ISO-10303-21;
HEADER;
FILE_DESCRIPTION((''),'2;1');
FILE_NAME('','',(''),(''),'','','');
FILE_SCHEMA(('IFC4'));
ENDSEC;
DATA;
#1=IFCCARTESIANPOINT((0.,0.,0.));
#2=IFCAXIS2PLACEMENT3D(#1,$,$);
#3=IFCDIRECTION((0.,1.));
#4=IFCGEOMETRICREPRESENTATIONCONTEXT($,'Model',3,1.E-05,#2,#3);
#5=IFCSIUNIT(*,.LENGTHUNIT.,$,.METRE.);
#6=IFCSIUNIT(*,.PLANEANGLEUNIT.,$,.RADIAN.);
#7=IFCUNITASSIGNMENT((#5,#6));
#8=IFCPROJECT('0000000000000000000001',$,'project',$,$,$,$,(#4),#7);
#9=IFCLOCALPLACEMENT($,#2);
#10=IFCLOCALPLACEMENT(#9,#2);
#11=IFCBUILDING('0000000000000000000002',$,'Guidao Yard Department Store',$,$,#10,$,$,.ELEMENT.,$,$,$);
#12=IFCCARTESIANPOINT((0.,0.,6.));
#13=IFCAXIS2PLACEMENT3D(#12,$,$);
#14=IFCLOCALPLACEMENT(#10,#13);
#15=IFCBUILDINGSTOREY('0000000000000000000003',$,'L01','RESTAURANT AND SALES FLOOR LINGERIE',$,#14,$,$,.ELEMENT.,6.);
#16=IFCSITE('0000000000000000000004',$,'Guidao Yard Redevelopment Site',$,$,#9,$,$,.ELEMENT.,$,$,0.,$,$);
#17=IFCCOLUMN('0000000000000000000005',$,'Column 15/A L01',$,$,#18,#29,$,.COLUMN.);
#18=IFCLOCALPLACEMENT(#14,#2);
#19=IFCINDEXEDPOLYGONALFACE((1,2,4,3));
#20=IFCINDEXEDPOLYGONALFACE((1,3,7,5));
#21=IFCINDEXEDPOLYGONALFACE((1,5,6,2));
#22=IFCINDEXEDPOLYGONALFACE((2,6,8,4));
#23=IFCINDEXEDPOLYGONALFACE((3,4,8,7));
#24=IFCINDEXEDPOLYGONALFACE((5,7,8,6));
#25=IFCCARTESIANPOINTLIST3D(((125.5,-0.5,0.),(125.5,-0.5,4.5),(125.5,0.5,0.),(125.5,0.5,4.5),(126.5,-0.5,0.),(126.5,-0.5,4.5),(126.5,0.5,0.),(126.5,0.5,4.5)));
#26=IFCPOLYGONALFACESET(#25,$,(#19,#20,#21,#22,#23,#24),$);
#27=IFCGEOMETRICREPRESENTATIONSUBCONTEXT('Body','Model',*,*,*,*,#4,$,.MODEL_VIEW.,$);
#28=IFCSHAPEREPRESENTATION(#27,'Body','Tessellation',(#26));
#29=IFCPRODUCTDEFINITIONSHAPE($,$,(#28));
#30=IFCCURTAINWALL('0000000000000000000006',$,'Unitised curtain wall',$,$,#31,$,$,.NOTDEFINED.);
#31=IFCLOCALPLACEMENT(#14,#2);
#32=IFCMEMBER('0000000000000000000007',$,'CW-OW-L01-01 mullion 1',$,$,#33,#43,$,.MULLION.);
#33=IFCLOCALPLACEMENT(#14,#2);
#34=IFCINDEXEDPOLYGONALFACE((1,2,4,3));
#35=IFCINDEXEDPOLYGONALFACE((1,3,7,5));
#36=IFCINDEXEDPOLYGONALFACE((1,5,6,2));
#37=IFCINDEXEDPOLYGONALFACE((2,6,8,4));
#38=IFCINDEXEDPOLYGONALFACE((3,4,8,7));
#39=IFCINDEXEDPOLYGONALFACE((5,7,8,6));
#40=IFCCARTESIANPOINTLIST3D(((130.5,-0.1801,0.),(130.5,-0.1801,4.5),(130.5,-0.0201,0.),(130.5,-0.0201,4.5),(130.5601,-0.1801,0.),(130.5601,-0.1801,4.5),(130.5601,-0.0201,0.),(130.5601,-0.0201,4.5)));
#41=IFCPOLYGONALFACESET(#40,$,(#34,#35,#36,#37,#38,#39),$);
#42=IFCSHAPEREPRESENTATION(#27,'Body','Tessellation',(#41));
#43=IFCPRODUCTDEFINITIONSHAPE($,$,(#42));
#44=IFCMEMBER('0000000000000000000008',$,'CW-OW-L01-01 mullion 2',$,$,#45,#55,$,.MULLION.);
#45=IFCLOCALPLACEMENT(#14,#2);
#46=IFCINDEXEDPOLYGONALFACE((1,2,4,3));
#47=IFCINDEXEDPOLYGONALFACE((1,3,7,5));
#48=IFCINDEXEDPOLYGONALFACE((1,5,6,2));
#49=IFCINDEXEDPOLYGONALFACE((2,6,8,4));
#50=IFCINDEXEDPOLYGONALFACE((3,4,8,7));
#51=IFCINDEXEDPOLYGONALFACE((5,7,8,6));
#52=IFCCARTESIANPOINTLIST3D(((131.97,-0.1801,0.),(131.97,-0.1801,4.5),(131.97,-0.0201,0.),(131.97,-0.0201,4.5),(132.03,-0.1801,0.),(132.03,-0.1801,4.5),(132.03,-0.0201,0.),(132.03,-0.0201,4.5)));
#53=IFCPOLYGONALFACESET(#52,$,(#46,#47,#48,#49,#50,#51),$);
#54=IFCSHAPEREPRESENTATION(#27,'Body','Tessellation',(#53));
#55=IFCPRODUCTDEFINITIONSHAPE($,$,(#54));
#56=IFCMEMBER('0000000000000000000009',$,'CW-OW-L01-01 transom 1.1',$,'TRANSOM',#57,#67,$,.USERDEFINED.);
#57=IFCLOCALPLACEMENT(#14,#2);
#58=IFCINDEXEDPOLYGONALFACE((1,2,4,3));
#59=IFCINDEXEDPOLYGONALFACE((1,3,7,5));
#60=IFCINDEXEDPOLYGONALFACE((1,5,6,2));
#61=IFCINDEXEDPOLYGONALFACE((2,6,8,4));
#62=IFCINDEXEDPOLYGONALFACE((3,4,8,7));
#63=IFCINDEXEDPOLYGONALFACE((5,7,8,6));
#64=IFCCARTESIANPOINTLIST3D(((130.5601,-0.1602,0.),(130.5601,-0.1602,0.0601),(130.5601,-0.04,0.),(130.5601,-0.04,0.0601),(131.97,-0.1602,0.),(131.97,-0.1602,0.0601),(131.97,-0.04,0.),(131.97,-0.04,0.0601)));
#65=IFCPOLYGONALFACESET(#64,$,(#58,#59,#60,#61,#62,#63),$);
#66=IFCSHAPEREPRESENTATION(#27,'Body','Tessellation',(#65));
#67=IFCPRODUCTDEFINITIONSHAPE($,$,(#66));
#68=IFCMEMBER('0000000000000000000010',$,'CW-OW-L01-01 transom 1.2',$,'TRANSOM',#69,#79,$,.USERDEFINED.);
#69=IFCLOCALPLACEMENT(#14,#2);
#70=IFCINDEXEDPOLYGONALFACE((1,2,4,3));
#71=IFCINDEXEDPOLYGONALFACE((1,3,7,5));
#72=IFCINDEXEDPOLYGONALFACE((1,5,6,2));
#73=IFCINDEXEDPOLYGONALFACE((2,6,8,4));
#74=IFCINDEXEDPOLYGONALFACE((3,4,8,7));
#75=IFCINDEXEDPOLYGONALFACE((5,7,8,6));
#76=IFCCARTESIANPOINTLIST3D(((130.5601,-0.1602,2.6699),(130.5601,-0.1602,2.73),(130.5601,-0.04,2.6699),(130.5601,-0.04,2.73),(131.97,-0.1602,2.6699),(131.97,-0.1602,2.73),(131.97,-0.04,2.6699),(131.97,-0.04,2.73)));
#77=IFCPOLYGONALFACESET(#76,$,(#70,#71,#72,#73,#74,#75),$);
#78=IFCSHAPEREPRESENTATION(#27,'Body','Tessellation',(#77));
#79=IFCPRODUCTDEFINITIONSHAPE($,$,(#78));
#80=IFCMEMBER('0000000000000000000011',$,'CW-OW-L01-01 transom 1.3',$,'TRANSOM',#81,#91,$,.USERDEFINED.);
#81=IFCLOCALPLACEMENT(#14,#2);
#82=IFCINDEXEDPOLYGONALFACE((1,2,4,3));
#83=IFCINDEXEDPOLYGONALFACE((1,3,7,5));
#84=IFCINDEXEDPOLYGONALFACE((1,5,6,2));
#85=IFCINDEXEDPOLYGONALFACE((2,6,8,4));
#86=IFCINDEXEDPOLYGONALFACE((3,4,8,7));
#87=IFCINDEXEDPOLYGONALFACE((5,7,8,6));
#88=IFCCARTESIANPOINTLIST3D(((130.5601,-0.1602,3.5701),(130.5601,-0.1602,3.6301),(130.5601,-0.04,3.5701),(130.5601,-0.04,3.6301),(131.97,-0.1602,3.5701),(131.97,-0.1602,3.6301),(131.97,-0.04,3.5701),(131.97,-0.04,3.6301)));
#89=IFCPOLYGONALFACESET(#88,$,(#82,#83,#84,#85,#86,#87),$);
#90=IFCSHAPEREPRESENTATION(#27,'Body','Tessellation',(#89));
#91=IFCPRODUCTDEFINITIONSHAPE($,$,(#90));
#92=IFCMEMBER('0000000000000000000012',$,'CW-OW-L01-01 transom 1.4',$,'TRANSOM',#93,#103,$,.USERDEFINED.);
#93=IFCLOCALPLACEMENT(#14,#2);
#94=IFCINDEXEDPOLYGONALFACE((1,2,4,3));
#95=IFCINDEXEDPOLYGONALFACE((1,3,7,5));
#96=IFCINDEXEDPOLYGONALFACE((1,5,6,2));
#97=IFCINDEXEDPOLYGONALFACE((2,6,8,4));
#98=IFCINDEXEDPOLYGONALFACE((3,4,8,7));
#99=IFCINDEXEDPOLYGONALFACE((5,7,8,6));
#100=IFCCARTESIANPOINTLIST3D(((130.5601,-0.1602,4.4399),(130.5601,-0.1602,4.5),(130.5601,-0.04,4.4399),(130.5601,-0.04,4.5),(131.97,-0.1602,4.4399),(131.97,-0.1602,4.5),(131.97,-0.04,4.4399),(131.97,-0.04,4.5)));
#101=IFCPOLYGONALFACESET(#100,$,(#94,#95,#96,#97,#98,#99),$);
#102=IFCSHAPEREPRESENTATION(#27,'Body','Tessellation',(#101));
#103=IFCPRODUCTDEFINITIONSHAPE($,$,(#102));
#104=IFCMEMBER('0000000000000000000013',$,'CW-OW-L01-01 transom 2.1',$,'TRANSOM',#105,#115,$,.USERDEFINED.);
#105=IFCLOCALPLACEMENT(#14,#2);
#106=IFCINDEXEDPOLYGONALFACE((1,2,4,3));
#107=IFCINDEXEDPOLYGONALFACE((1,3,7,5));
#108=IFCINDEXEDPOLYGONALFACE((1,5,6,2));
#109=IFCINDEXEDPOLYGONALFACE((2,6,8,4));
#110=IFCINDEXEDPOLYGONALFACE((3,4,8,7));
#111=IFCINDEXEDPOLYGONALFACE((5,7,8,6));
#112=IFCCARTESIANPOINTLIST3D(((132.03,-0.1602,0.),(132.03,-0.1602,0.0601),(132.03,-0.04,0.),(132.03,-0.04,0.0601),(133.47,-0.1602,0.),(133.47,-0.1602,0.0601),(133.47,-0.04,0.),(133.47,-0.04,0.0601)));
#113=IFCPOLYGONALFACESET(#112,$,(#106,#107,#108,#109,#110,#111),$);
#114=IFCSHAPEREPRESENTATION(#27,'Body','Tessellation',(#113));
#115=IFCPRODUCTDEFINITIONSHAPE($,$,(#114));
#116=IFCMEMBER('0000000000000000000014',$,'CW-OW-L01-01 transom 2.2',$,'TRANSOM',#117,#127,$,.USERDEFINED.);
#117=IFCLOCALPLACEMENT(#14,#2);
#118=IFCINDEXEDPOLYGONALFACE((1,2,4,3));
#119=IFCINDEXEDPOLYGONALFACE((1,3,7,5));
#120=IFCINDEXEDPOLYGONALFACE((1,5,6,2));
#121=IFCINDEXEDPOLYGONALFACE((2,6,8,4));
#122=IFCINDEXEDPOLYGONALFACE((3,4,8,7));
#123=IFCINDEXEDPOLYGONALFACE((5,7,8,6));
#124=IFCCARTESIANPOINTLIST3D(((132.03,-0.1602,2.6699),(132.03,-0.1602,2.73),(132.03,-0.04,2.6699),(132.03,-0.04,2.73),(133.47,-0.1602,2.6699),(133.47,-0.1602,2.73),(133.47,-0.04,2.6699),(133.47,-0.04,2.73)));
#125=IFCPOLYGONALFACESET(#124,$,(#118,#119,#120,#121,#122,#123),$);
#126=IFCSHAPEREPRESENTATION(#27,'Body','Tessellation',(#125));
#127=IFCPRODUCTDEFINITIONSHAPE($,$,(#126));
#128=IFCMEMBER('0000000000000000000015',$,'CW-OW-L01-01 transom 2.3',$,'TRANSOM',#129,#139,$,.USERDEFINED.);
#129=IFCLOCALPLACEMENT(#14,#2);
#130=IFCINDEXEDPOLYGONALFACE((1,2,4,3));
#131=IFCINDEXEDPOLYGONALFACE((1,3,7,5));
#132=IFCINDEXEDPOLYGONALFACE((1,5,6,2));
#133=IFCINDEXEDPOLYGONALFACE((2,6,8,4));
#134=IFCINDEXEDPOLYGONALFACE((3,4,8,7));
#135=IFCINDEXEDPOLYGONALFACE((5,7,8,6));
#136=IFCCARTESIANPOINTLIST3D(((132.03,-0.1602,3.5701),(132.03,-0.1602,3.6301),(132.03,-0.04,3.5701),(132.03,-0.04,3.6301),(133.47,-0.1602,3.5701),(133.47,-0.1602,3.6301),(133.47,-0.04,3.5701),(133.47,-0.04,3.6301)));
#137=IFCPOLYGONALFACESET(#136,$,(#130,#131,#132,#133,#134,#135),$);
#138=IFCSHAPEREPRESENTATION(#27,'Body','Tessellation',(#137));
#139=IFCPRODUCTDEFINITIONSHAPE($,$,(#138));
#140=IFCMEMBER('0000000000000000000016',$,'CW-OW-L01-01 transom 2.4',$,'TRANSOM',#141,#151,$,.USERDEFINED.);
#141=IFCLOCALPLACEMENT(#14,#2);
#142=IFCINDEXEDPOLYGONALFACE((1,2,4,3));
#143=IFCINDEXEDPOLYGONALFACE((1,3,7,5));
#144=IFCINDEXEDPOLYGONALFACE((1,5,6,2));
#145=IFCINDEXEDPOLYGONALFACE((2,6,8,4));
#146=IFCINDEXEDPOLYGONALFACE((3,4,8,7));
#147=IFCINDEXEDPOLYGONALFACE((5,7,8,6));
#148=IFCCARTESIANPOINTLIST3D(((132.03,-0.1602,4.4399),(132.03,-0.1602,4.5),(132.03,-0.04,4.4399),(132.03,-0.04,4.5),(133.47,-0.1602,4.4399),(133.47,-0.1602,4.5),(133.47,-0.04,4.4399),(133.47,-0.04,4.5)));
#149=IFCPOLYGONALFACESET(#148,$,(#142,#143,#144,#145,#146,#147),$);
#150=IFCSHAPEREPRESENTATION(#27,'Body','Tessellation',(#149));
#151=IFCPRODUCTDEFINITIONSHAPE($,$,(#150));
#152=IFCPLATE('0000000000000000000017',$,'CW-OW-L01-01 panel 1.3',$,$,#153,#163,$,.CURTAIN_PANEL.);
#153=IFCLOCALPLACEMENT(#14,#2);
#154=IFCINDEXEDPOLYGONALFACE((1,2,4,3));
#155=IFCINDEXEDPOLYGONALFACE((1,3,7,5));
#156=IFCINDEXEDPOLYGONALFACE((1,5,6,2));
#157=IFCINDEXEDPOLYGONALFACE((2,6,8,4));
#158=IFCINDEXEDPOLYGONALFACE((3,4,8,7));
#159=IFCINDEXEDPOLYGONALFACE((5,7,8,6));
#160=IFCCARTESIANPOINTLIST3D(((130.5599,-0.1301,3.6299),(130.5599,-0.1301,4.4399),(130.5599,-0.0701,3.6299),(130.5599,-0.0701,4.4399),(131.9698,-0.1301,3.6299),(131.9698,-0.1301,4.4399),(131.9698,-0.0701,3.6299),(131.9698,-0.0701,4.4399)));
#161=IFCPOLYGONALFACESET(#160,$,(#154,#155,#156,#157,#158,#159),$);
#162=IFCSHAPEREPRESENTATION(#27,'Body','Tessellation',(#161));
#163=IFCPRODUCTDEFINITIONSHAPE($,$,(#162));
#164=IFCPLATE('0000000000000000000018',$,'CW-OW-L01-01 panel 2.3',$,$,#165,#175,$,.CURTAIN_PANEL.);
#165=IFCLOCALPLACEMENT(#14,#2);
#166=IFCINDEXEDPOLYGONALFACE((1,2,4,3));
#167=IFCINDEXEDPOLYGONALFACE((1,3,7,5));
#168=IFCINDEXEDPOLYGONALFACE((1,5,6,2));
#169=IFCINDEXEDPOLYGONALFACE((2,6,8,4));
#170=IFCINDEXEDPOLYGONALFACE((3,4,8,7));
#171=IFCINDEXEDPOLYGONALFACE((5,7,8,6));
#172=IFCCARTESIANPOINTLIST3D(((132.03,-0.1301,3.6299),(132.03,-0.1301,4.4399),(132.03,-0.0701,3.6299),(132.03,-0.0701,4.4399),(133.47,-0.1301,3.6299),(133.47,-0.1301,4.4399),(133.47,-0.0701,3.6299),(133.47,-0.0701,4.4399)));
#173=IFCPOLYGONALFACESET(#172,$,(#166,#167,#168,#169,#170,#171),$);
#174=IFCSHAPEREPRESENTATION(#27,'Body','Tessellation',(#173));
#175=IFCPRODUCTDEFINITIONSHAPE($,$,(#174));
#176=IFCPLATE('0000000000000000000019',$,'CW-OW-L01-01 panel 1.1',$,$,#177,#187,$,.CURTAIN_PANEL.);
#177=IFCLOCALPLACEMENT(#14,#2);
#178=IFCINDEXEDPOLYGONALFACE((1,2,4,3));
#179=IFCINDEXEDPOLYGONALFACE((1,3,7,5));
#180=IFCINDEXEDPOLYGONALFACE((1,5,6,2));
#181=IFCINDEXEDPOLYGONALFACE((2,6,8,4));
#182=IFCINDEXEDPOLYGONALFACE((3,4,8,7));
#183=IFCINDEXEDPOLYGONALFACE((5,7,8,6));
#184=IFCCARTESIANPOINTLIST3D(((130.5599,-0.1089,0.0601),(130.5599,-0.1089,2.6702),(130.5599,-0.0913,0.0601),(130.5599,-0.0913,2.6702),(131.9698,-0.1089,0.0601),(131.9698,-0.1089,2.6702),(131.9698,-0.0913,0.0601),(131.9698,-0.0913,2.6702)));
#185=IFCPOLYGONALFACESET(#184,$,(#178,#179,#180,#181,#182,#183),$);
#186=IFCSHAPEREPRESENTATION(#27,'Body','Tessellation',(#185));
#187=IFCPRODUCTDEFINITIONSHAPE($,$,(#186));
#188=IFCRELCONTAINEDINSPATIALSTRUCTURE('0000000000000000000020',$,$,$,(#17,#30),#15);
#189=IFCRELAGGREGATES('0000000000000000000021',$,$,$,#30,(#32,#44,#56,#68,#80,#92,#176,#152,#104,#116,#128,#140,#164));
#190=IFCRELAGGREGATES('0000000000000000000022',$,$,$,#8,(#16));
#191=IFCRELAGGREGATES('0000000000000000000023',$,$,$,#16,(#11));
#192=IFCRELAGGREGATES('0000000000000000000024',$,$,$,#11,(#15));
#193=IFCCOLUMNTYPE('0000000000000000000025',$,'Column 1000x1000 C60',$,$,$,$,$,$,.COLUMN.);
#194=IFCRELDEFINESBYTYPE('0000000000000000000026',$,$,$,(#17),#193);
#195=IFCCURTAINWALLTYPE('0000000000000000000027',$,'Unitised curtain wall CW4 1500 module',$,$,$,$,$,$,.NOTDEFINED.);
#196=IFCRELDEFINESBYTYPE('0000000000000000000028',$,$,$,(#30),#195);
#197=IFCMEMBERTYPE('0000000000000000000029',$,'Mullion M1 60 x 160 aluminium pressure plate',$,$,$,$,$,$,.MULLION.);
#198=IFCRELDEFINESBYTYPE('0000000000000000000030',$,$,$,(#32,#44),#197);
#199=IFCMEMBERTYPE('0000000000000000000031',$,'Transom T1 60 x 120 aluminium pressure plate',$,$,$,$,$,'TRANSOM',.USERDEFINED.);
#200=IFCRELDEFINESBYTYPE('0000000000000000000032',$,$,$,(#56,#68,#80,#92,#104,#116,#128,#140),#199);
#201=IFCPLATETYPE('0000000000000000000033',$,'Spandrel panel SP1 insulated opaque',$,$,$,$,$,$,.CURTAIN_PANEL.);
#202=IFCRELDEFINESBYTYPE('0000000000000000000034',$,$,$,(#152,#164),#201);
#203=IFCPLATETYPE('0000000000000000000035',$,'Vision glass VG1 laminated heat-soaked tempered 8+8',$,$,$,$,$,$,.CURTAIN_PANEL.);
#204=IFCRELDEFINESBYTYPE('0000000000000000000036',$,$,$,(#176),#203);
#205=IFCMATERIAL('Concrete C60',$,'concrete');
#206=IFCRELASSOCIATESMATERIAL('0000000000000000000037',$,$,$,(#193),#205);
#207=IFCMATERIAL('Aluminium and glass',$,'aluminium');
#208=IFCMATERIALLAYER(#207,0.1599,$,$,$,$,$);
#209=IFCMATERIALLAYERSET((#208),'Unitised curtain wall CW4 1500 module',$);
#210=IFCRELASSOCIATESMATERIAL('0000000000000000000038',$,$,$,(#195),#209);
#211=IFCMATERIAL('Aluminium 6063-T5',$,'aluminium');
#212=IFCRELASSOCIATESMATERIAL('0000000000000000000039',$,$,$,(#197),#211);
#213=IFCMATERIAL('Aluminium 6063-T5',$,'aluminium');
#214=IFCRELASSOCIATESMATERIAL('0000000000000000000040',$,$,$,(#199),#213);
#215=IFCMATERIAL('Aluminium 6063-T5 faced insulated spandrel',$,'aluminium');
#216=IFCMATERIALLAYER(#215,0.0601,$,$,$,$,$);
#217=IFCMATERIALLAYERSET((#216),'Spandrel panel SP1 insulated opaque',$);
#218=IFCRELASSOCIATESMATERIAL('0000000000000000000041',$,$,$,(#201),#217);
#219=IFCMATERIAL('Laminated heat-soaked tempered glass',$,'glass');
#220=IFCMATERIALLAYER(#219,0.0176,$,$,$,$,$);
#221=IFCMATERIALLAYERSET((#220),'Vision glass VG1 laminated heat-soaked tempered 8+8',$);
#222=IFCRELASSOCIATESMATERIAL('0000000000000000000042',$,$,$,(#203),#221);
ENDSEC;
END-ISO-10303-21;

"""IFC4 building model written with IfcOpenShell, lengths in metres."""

from ifc_helpers import new_model, si_unit, direction, frame, origin, origin_2d, place, context, subcontext, project, spatial, rectangle, extrude, material, layer, layer_set, material_profile, profile_set, type_object, element, aggregate, save


model = new_model("IFC4")

# Units and contexts
model_context = context("Model", 3, precision=1e-05, world=origin(), true_north=direction((0.0, 1.0)))
body_context = subcontext(model_context, "Body", "Model", "MODEL_VIEW")
ifc_project = project(units=[si_unit("LENGTHUNIT", "METRE"), si_unit("PLANEANGLEUNIT", "RADIAN")], contexts=[model_context])

# Site, building, storey
site_placement = place(None, origin())
site = spatial("IfcSite", under=ifc_project, at=site_placement, Name="Guidao Yard Redevelopment Site", CompositionType="ELEMENT", RefElevation=0.0)
building_placement = place(site_placement, origin())
building = spatial("IfcBuilding", under=site, at=building_placement, Name="Guidao Yard Department Store", CompositionType="ELEMENT")
storey_placement = place(building_placement, frame((0.0, 0.0, 6.0)))
storey = spatial("IfcBuildingStorey", under=building, at=storey_placement, Name="L01", Description="RESTAURANT AND SALES FLOOR LINGERIE", CompositionType="ELEMENT", Elevation=6.0)

# Column
ifc_material_1 = material(Name="Concrete C60", Category="concrete")
ifc_material_profile_1 = material_profile(ifc_material_1, rectangle(XDim=1.0, YDim=1.0, at=origin_2d()), Name="COL 1000x1000")
ifc_profile_set_1 = profile_set([ifc_material_profile_1], Name="Concrete C60")
column_type = type_object("IfcColumnType", Name="Column 1000x1000 C60", PredefinedType="COLUMN", material=ifc_profile_set_1)
column_placement = place(storey_placement, frame((126.0, 0.0, 0.0), z_axis=(0.0, 0.0, 1.0), x_axis=(1.0, 0.0, 0.0)))
element("IfcColumn", 1, at=column_placement, inside=storey, type_object=column_type, Name="Column 15/A L01", PredefinedType="COLUMN", context=body_context, shape_type="SweptSolid", body=[
    extrude(rectangle(XDim=1.0, YDim=1.0, at=origin_2d()), origin(), (0.0, 0.0, 1.0), 4.5),
])

# Curtain wall, members, plates
ifc_material_2 = material(Name="Aluminium and glass", Category="aluminium")
ifc_layer_1 = layer(ifc_material_2, 0.1599)
ifc_layer_set_1 = layer_set([ifc_layer_1], Name="Unitised curtain wall CW4 1500 module")
curtain_wall_type = type_object("IfcCurtainWallType", Name="Unitised curtain wall CW4 1500 module", PredefinedType="NOTDEFINED", material=ifc_layer_set_1)
curtain_wall_placement = place(storey_placement, origin())
curtain_wall = element("IfcCurtainWall", 2, at=curtain_wall_placement, inside=storey, type_object=curtain_wall_type, Name="Unitised curtain wall", PredefinedType="NOTDEFINED")
ifc_material_3 = material(Name="Aluminium 6063-T5", Category="aluminium")
ifc_material_profile_2 = material_profile(ifc_material_3, rectangle(XDim=0.0601, YDim=0.1599, at=origin_2d()), Name="Mullion M1 60 x 160 aluminium pressure plate")
ifc_profile_set_2 = profile_set([ifc_material_profile_2], Name="Aluminium 6063-T5")
member_type_1 = type_object("IfcMemberType", Name="Mullion M1 60 x 160 aluminium pressure plate", PredefinedType="MULLION", material=ifc_profile_set_2)
member_1_placement = place(storey_placement, frame((130.53, -0.1001, 0.0), z_axis=(0.0, 0.0, 1.0), x_axis=(-1.0, 0.0, 0.0)))
member_1 = element("IfcMember", 3, at=member_1_placement, type_object=member_type_1, Name="CW-OW-L01-01 mullion 1", PredefinedType="MULLION", context=body_context, shape_type="SweptSolid", body=[
    extrude(rectangle(XDim=0.0601, YDim=0.1599, at=origin_2d()), origin(), (0.0, 0.0, 1.0), 4.5),
])
member_2_placement = place(storey_placement, frame((132.0, -0.1001, 0.0), z_axis=(0.0, 0.0, 1.0), x_axis=(-1.0, 0.0, 0.0)))
member_2 = element("IfcMember", 4, at=member_2_placement, type_object=member_type_1, Name="CW-OW-L01-01 mullion 2", PredefinedType="MULLION", context=body_context, shape_type="SweptSolid", body=[
    extrude(rectangle(XDim=0.0601, YDim=0.1599, at=origin_2d()), origin(), (0.0, 0.0, 1.0), 4.5),
])
ifc_material_4 = material(Name="Aluminium 6063-T5", Category="aluminium")
ifc_material_profile_3 = material_profile(ifc_material_4, rectangle(XDim=0.1201, YDim=0.0601, at=origin_2d()), Name="Transom T1 60 x 120 aluminium pressure plate")
ifc_profile_set_3 = profile_set([ifc_material_profile_3], Name="Aluminium 6063-T5")
member_type_2 = type_object("IfcMemberType", Name="Transom T1 60 x 120 aluminium pressure plate", ElementType="TRANSOM", PredefinedType="USERDEFINED", material=ifc_profile_set_3)
member_3_placement = place(storey_placement, frame((131.97, -0.1001, 0.03), z_axis=(-1.0, 0.0, 0.0), x_axis=(0.0, -1.0, 0.0)))
member_3 = element("IfcMember", 5, at=member_3_placement, type_object=member_type_2, Name="CW-OW-L01-01 transom 1.1", ObjectType="TRANSOM", PredefinedType="USERDEFINED", context=body_context, shape_type="SweptSolid", body=[
    extrude(rectangle(XDim=0.1201, YDim=0.0601, at=origin_2d()), origin(), (0.0, 0.0, 1.0), 1.4099),
])
member_4_placement = place(storey_placement, frame((131.97, -0.1001, 2.7), z_axis=(-1.0, 0.0, 0.0), x_axis=(0.0, -1.0, 0.0)))
member_4 = element("IfcMember", 6, at=member_4_placement, type_object=member_type_2, Name="CW-OW-L01-01 transom 1.2", ObjectType="TRANSOM", PredefinedType="USERDEFINED", context=body_context, shape_type="SweptSolid", body=[
    extrude(rectangle(XDim=0.1201, YDim=0.0601, at=origin_2d()), origin(), (0.0, 0.0, 1.0), 1.4099),
])
member_5_placement = place(storey_placement, frame((131.97, -0.1001, 3.6001), z_axis=(-1.0, 0.0, 0.0), x_axis=(0.0, -1.0, 0.0)))
member_5 = element("IfcMember", 7, at=member_5_placement, type_object=member_type_2, Name="CW-OW-L01-01 transom 1.3", ObjectType="TRANSOM", PredefinedType="USERDEFINED", context=body_context, shape_type="SweptSolid", body=[
    extrude(rectangle(XDim=0.1201, YDim=0.0601, at=origin_2d()), origin(), (0.0, 0.0, 1.0), 1.4099),
])
member_6_placement = place(storey_placement, frame((131.97, -0.1001, 4.47), z_axis=(-1.0, 0.0, 0.0), x_axis=(0.0, -1.0, 0.0)))
member_6 = element("IfcMember", 8, at=member_6_placement, type_object=member_type_2, Name="CW-OW-L01-01 transom 1.4", ObjectType="TRANSOM", PredefinedType="USERDEFINED", context=body_context, shape_type="SweptSolid", body=[
    extrude(rectangle(XDim=0.1201, YDim=0.0601, at=origin_2d()), origin(), (0.0, 0.0, 1.0), 1.4099),
])
member_7_placement = place(storey_placement, frame((133.47, -0.1001, 0.03), z_axis=(-1.0, 0.0, 0.0), x_axis=(0.0, -1.0, 0.0)))
member_7 = element("IfcMember", 9, at=member_7_placement, type_object=member_type_2, Name="CW-OW-L01-01 transom 2.1", ObjectType="TRANSOM", PredefinedType="USERDEFINED", context=body_context, shape_type="SweptSolid", body=[
    extrude(rectangle(XDim=0.1201, YDim=0.0601, at=origin_2d()), origin(), (0.0, 0.0, 1.0), 1.4399),
])
member_8_placement = place(storey_placement, frame((133.47, -0.1001, 2.7), z_axis=(-1.0, 0.0, 0.0), x_axis=(0.0, -1.0, 0.0)))
member_8 = element("IfcMember", 10, at=member_8_placement, type_object=member_type_2, Name="CW-OW-L01-01 transom 2.2", ObjectType="TRANSOM", PredefinedType="USERDEFINED", context=body_context, shape_type="SweptSolid", body=[
    extrude(rectangle(XDim=0.1201, YDim=0.0601, at=origin_2d()), origin(), (0.0, 0.0, 1.0), 1.4399),
])
member_9_placement = place(storey_placement, frame((133.47, -0.1001, 3.6001), z_axis=(-1.0, 0.0, 0.0), x_axis=(0.0, -1.0, 0.0)))
member_9 = element("IfcMember", 11, at=member_9_placement, type_object=member_type_2, Name="CW-OW-L01-01 transom 2.3", ObjectType="TRANSOM", PredefinedType="USERDEFINED", context=body_context, shape_type="SweptSolid", body=[
    extrude(rectangle(XDim=0.1201, YDim=0.0601, at=origin_2d()), origin(), (0.0, 0.0, 1.0), 1.4399),
])
member_10_placement = place(storey_placement, frame((133.47, -0.1001, 4.47), z_axis=(-1.0, 0.0, 0.0), x_axis=(0.0, -1.0, 0.0)))
member_10 = element("IfcMember", 12, at=member_10_placement, type_object=member_type_2, Name="CW-OW-L01-01 transom 2.4", ObjectType="TRANSOM", PredefinedType="USERDEFINED", context=body_context, shape_type="SweptSolid", body=[
    extrude(rectangle(XDim=0.1201, YDim=0.0601, at=origin_2d()), origin(), (0.0, 0.0, 1.0), 1.4399),
])
ifc_material_5 = material(Name="Aluminium 6063-T5 faced insulated spandrel", Category="aluminium")
ifc_layer_2 = layer(ifc_material_5, 0.0601)
ifc_layer_set_2 = layer_set([ifc_layer_2], Name="Spandrel panel SP1 insulated opaque")
plate_type_1 = type_object("IfcPlateType", Name="Spandrel panel SP1 insulated opaque", PredefinedType="CURTAIN_PANEL", material=ifc_layer_set_2)
plate_1_placement = place(storey_placement, frame((131.2649, -0.1001, 3.6299), z_axis=(0.0, 0.0, 1.0), x_axis=(-1.0, 0.0, 0.0)))
plate_1 = element("IfcPlate", 13, at=plate_1_placement, type_object=plate_type_1, Name="CW-OW-L01-01 panel 1.3", PredefinedType="CURTAIN_PANEL", context=body_context, shape_type="SweptSolid", body=[
    extrude(rectangle(XDim=1.4099, YDim=0.0601, at=origin_2d()), origin(), (0.0, 0.0, 1.0), 0.8101),
])
plate_2_placement = place(storey_placement, frame((132.75, -0.1001, 3.6299), z_axis=(0.0, 0.0, 1.0), x_axis=(-1.0, 0.0, 0.0)))
plate_2 = element("IfcPlate", 14, at=plate_2_placement, type_object=plate_type_1, Name="CW-OW-L01-01 panel 2.3", PredefinedType="CURTAIN_PANEL", context=body_context, shape_type="SweptSolid", body=[
    extrude(rectangle(XDim=1.4399, YDim=0.0601, at=origin_2d()), origin(), (0.0, 0.0, 1.0), 0.8101),
])
ifc_material_6 = material(Name="Laminated heat-soaked tempered glass", Category="glass")
ifc_layer_3 = layer(ifc_material_6, 0.0176)
ifc_layer_set_3 = layer_set([ifc_layer_3], Name="Vision glass VG1 laminated heat-soaked tempered 8+8")
plate_type_2 = type_object("IfcPlateType", Name="Vision glass VG1 laminated heat-soaked tempered 8+8", PredefinedType="CURTAIN_PANEL", material=ifc_layer_set_3)
plate_3_placement = place(storey_placement, frame((131.2649, -0.1001, 0.0601), z_axis=(0.0, 0.0, 1.0), x_axis=(-1.0, 0.0, 0.0)))
plate_3 = element("IfcPlate", 15, at=plate_3_placement, type_object=plate_type_2, Name="CW-OW-L01-01 panel 1.1", PredefinedType="CURTAIN_PANEL", context=body_context, shape_type="SweptSolid", body=[
    extrude(rectangle(XDim=1.4099, YDim=0.0176, at=origin_2d()), origin(), (0.0, 0.0, 1.0), 2.6101),
])
aggregate(curtain_wall, [member_1, member_2, member_3, member_4, member_5, member_6, plate_3, plate_1, member_7, member_8, member_9, member_10, plate_2])

save(model, "model.ifc")
